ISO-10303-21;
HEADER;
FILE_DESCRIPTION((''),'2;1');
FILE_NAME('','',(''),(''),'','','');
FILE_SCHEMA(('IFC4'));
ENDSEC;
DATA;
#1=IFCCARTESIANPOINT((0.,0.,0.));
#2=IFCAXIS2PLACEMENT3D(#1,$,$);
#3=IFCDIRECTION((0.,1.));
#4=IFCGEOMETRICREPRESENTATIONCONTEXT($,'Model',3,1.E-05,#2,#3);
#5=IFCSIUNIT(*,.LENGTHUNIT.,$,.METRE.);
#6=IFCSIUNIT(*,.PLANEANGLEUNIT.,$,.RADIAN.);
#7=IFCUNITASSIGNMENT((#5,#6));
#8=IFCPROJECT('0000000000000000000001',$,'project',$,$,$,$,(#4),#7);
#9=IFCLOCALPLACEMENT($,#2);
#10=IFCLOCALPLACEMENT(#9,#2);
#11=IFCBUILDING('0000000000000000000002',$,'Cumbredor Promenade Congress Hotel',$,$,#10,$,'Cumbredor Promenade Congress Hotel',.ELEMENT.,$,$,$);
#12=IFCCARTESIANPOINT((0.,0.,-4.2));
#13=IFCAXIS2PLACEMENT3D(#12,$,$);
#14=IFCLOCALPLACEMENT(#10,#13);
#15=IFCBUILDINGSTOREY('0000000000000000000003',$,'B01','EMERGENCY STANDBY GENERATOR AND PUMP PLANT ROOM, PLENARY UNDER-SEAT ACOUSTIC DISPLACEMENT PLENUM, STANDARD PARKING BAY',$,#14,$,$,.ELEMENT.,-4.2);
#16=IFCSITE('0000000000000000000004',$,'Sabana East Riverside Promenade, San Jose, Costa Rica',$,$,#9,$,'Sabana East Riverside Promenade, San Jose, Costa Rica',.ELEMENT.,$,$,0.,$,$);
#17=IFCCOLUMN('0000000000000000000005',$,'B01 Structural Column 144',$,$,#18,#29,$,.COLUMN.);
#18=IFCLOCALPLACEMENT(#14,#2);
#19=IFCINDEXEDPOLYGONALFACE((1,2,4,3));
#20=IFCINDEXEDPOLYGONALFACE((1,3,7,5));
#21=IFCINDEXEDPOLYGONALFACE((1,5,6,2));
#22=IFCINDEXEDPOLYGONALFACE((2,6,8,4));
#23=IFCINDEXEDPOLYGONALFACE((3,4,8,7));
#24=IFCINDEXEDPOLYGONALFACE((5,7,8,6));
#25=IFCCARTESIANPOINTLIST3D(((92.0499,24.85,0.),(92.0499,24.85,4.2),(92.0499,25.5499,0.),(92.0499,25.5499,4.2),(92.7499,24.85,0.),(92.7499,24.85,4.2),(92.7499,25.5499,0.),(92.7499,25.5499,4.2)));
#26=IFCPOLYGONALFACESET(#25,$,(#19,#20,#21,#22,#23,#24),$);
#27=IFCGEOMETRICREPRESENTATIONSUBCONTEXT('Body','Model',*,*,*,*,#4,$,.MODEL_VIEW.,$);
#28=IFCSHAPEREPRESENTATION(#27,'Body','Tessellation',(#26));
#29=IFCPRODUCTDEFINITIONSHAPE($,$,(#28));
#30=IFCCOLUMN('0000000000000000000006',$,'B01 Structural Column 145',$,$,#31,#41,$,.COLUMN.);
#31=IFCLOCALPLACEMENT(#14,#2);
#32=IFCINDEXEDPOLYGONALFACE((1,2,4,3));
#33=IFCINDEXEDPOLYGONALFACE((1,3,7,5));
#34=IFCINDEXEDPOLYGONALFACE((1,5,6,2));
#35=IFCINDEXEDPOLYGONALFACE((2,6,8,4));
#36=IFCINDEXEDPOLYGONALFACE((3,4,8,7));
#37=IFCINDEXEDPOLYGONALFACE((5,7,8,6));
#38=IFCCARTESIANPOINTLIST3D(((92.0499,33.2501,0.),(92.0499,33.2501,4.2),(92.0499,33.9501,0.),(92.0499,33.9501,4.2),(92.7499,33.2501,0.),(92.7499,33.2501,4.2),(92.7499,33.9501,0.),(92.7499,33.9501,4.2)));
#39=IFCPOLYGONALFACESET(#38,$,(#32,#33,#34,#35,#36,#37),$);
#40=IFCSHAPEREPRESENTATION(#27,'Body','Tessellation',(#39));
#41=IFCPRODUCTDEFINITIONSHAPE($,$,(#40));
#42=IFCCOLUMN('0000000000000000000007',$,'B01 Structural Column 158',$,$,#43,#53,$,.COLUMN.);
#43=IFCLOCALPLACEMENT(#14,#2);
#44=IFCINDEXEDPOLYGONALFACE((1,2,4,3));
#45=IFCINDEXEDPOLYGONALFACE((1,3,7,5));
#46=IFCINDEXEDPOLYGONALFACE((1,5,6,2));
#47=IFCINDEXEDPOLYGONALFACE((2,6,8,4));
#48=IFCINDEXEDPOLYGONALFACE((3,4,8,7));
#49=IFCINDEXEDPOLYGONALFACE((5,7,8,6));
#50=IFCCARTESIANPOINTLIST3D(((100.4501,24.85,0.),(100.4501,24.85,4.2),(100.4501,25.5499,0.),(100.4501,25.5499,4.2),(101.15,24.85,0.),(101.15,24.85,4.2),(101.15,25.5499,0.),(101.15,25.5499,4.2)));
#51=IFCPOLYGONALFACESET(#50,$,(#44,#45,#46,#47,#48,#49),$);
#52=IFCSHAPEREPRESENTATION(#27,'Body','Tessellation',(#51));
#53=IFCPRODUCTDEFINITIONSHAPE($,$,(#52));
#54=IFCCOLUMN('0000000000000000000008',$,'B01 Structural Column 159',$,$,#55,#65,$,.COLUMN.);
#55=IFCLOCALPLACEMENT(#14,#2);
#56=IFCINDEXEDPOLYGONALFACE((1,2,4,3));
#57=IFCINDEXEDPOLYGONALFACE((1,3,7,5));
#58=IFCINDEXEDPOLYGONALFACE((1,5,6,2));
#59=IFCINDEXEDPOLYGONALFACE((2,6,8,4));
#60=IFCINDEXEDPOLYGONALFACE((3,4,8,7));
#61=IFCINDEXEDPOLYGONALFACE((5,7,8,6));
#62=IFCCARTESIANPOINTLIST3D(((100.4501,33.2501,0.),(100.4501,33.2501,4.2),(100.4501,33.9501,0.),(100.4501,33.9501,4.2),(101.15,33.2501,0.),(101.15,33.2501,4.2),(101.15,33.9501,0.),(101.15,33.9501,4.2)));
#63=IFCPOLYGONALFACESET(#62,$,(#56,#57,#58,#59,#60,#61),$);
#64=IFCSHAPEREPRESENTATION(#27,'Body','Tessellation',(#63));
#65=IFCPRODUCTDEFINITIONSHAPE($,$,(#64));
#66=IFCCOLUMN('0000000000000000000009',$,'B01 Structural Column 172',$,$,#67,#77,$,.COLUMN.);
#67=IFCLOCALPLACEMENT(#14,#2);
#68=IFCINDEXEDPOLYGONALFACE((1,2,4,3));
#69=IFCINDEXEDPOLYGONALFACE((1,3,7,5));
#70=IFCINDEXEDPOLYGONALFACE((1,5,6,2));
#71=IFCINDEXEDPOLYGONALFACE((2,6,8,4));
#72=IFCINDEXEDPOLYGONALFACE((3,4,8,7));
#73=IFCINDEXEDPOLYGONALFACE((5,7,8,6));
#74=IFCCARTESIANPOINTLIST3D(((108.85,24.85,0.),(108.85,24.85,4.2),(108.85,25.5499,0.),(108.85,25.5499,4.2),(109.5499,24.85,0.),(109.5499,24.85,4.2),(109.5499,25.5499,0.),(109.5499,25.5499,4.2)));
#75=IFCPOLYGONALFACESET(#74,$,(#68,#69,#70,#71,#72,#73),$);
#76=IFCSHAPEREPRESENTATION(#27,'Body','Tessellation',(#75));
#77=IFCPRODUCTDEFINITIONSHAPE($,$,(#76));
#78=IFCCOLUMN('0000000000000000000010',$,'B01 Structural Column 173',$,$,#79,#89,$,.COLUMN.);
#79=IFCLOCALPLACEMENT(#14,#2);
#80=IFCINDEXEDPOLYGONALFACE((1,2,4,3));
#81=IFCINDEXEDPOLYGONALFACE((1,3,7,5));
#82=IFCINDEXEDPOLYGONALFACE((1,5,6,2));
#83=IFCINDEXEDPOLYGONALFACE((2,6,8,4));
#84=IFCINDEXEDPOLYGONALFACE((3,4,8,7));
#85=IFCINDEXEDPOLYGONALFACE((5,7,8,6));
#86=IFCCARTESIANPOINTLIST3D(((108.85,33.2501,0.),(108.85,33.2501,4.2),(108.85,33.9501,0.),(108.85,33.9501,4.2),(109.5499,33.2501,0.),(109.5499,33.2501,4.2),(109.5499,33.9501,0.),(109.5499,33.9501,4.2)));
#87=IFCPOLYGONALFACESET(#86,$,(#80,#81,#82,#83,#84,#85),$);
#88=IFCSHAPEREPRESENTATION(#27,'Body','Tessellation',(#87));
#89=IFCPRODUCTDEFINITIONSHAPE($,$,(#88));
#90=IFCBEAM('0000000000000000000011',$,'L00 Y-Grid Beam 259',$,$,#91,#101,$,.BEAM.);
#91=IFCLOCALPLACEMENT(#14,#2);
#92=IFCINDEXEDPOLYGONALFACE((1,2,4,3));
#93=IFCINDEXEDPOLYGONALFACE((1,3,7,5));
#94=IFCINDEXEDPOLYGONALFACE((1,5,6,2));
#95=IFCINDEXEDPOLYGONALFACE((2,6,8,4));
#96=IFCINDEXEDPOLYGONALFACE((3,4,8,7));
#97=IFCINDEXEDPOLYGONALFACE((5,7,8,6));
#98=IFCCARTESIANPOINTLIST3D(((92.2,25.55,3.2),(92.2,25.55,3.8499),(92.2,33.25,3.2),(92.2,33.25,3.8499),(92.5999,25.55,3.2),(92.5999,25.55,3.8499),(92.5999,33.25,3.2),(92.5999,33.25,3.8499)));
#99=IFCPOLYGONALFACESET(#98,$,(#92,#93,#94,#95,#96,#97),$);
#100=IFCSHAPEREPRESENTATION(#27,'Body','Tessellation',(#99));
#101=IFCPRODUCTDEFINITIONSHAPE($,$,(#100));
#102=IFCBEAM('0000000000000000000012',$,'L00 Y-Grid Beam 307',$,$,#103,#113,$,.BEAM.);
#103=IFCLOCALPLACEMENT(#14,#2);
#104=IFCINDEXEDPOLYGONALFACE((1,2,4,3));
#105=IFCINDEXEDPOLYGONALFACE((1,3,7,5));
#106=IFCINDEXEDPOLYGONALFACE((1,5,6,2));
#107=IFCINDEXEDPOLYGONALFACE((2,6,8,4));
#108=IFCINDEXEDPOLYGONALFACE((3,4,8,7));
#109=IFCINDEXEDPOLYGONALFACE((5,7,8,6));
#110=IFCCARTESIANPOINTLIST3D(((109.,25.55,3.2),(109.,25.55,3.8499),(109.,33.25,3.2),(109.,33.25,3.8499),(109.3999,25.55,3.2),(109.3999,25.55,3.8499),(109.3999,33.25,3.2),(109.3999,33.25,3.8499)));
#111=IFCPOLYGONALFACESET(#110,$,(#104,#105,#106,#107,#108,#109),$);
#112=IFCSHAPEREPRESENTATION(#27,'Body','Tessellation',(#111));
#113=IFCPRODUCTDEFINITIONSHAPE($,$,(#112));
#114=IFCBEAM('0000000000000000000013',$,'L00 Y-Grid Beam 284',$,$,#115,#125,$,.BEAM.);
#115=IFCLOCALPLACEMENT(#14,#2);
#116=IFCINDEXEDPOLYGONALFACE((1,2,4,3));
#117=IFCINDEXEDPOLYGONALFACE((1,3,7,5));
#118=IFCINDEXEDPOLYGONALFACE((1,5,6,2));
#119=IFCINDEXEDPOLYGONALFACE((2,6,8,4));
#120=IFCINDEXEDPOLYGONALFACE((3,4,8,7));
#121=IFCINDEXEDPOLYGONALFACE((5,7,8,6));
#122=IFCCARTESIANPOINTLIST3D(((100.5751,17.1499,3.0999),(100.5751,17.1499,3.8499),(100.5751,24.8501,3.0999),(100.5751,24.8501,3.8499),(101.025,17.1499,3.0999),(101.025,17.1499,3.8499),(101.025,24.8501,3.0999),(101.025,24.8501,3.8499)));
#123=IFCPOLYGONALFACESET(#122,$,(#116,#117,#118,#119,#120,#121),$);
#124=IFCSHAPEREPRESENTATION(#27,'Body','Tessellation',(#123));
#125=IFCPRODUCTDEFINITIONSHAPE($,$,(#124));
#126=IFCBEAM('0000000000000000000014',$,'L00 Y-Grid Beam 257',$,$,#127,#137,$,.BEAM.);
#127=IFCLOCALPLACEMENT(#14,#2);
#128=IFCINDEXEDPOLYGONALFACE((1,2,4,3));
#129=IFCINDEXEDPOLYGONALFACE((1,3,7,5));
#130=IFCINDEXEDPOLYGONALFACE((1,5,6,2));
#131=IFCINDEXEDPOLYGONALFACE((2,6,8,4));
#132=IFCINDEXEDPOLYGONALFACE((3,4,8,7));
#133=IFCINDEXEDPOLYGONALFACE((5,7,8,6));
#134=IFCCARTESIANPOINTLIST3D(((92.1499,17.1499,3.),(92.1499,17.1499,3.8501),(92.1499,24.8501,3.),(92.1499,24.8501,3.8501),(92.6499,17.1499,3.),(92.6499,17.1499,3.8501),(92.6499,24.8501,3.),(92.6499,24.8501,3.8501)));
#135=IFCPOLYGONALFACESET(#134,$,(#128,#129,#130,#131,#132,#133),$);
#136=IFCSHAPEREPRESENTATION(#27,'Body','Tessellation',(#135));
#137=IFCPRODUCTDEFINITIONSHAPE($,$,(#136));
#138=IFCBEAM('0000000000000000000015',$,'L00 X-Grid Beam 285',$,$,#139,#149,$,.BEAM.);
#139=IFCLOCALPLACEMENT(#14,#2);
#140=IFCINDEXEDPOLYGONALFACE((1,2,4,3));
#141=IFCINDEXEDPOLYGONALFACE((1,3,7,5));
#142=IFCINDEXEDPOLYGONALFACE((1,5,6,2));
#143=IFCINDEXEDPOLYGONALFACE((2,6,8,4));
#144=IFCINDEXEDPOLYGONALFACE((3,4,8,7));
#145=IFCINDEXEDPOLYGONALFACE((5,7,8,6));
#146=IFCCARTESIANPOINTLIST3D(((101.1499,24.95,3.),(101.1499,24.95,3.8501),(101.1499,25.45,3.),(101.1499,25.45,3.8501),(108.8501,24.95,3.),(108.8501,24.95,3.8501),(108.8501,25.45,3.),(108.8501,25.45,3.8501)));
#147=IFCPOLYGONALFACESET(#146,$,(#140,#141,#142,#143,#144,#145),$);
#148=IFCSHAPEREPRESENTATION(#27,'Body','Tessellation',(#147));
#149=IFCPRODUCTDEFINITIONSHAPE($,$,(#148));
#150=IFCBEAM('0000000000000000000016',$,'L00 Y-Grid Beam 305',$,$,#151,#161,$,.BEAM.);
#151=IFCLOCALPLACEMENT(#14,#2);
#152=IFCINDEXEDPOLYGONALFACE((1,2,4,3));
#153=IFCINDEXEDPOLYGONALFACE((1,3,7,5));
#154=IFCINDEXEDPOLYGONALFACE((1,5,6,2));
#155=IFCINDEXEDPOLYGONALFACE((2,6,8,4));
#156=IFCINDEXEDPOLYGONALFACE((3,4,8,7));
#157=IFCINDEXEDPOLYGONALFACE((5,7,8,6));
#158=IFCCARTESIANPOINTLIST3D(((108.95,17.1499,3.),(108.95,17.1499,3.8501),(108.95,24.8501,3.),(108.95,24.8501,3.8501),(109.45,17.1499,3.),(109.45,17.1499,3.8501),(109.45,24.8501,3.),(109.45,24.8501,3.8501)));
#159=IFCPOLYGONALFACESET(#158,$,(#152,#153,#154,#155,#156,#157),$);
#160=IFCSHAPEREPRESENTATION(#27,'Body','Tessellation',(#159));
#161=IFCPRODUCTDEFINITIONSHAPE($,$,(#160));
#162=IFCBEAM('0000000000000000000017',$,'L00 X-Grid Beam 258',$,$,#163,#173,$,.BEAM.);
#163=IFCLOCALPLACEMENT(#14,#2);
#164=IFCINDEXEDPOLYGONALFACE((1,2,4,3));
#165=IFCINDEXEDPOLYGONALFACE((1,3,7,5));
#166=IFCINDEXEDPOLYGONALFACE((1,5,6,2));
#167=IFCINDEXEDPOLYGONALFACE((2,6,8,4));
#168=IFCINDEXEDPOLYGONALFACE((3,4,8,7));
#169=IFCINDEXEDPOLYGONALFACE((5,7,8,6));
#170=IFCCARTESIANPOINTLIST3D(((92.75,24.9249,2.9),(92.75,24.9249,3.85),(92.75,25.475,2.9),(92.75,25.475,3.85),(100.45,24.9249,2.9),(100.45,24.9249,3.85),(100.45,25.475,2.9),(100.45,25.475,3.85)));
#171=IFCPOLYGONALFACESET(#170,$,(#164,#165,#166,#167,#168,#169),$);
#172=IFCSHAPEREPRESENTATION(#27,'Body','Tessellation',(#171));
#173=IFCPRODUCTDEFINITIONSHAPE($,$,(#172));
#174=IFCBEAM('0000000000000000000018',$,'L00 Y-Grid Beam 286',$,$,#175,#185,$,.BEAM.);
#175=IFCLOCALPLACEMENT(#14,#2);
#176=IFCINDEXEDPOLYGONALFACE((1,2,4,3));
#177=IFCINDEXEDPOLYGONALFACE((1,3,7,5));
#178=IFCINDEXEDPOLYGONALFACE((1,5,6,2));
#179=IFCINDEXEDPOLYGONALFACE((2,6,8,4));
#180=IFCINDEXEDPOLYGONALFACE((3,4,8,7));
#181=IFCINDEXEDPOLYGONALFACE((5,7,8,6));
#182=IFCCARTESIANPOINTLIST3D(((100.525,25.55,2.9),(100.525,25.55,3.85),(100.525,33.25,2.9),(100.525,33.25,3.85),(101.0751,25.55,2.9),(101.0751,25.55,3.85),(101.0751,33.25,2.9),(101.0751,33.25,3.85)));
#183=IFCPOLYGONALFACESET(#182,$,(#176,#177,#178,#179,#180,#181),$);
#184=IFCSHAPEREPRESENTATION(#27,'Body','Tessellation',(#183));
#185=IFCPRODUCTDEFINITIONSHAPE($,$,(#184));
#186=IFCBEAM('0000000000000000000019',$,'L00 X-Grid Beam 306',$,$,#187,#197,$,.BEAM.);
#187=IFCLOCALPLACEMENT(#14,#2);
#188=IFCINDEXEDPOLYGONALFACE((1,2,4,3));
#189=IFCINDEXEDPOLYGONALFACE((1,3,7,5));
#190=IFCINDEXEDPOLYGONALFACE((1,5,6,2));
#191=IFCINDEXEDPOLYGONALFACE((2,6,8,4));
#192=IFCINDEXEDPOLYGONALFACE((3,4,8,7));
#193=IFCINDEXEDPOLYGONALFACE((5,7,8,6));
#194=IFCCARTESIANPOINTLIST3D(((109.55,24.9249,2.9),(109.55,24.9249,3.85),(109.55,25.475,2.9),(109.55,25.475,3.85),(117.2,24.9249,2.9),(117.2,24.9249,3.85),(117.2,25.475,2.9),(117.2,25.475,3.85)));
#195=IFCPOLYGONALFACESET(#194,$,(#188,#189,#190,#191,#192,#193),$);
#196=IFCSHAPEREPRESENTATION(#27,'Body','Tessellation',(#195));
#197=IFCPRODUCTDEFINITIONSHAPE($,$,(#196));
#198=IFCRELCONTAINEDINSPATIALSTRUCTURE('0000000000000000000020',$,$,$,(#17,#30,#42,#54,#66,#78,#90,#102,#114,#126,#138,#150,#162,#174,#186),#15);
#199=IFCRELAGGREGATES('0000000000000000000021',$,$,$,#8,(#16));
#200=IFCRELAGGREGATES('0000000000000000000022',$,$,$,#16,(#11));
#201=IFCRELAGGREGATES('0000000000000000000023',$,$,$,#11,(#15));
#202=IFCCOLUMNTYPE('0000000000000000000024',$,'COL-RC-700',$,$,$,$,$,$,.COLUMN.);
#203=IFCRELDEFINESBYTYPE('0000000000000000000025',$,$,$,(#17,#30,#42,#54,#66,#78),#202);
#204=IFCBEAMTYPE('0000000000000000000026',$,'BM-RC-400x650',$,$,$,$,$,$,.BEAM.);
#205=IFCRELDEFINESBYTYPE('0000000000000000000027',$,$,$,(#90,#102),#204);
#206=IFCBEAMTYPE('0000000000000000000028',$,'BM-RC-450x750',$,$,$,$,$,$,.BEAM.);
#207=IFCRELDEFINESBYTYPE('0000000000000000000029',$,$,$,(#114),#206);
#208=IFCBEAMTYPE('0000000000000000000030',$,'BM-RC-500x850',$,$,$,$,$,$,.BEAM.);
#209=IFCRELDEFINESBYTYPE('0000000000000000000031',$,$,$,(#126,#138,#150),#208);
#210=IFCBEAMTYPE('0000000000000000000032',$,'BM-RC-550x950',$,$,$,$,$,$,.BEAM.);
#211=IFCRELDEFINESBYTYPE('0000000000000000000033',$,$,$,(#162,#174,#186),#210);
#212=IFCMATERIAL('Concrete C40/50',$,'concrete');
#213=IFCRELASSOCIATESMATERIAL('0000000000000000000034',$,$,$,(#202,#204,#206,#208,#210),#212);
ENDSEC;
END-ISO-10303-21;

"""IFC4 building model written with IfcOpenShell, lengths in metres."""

from ifc_helpers import new_model, si_unit, direction, frame, origin, origin_2d, place, context, subcontext, project, spatial, rectangle, extrude, material, material_profile, profile_set, type_object, element, save


model = new_model("IFC4")

# Units and contexts
model_context = context("Model", 3, precision=1e-05, world=origin(), true_north=direction((0.0, 1.0)))
body_context = subcontext(model_context, "Body", "Model", "MODEL_VIEW")
ifc_project = project(units=[si_unit("LENGTHUNIT", "METRE"), si_unit("PLANEANGLEUNIT", "RADIAN")], contexts=[model_context])

# Site, building, storey
site_placement = place(None, origin())
site = spatial("IfcSite", under=ifc_project, at=site_placement, Name="Sabana East Riverside Promenade, San Jose, Costa Rica", LongName="Sabana East Riverside Promenade, San Jose, Costa Rica", CompositionType="ELEMENT", RefElevation=0.0)
building_placement = place(site_placement, origin())
building = spatial("IfcBuilding", under=site, at=building_placement, Name="Cumbredor Promenade Congress Hotel", LongName="Cumbredor Promenade Congress Hotel", CompositionType="ELEMENT")
storey_placement = place(building_placement, frame((0.0, 0.0, -4.2)))
storey = spatial("IfcBuildingStorey", under=building, at=storey_placement, Name="B01", Description="EMERGENCY STANDBY GENERATOR AND PUMP PLANT ROOM, PLENARY UNDER-SEAT ACOUSTIC DISPLACEMENT PLENUM, STANDARD PARKING BAY", CompositionType="ELEMENT", Elevation=-4.2)

# Columns
ifc_material_1 = material(Name="Concrete C40/50", Category="concrete")
ifc_material_profile_1 = material_profile(ifc_material_1, rectangle(XDim=0.7, YDim=0.7, at=origin_2d()), Name="RC 700x700")
ifc_profile_set_1 = profile_set([ifc_material_profile_1], Name="Concrete C40/50")
column_type = type_object("IfcColumnType", Name="COL-RC-700", PredefinedType="COLUMN", material=ifc_profile_set_1)
for number, where, z_axis, x_axis, name in (
    (1, (92.3999, 25.2, 0.0), (0.0, 0.0, 1.0), (1.0, 0.0, 0.0), "B01 Structural Column 144"),
    (2, (92.3999, 33.6001, 0.0), (0.0, 0.0, 1.0), (1.0, 0.0, 0.0), "B01 Structural Column 145"),
    (3, (100.8, 25.2, 0.0), (0.0, 0.0, 1.0), (1.0, 0.0, 0.0), "B01 Structural Column 158"),
    (4, (100.8, 33.6001, 0.0), (0.0, 0.0, 1.0), (1.0, 0.0, 0.0), "B01 Structural Column 159"),
    (5, (109.2, 25.2, 0.0), (0.0, 0.0, 1.0), (1.0, 0.0, 0.0), "B01 Structural Column 172"),
    (6, (109.2, 33.6001, 0.0), (0.0, 0.0, 1.0), (1.0, 0.0, 0.0), "B01 Structural Column 173"),
):
    element("IfcColumn", number, at=place(storey_placement, frame(where, z_axis=z_axis, x_axis=x_axis)), inside=storey, type_object=column_type, Name=name, PredefinedType="COLUMN", context=body_context, shape_type="SweptSolid", body=[
        extrude(rectangle(XDim=0.7, YDim=0.7, at=origin_2d()), origin(), (0.0, 0.0, 1.0), 4.2),
    ])

# Beams
ifc_material_profile_2 = material_profile(ifc_material_1, rectangle(XDim=0.3999, YDim=0.6499, at=origin_2d()), Name="RC BEAM 400x650")
ifc_profile_set_2 = profile_set([ifc_material_profile_2], Name="Concrete C40/50")
beam_type_1 = type_object("IfcBeamType", Name="BM-RC-400x650", PredefinedType="BEAM", material=ifc_profile_set_2)
for number, where, z_axis, x_axis, name in (
    (7, (92.3999, 25.55, 3.5249), (0.0, 1.0, 0.0), (-1.0, 0.0, 0.0), "L00 Y-Grid Beam 259"),
    (8, (109.2, 25.55, 3.5249), (0.0, 1.0, 0.0), (-1.0, 0.0, 0.0), "L00 Y-Grid Beam 307"),
):
    element("IfcBeam", number, at=place(storey_placement, frame(where, z_axis=z_axis, x_axis=x_axis)), inside=storey, type_object=beam_type_1, Name=name, PredefinedType="BEAM", context=body_context, shape_type="SweptSolid", body=[
        extrude(rectangle(XDim=0.3999, YDim=0.6499, at=origin_2d()), origin(), (0.0, 0.0, 1.0), 7.7),
    ])
ifc_material_profile_3 = material_profile(ifc_material_1, rectangle(XDim=0.45, YDim=0.75, at=origin_2d()), Name="RC BEAM 450x750")
ifc_profile_set_3 = profile_set([ifc_material_profile_3], Name="Concrete C40/50")
beam_type_2 = type_object("IfcBeamType", Name="BM-RC-450x750", PredefinedType="BEAM", material=ifc_profile_set_3)
beam_1_placement = place(storey_placement, frame((100.8, 17.1499, 3.4749), z_axis=(0.0, 1.0, 0.0), x_axis=(-1.0, 0.0, 0.0)))
element("IfcBeam", 9, at=beam_1_placement, inside=storey, type_object=beam_type_2, Name="L00 Y-Grid Beam 284", PredefinedType="BEAM", context=body_context, shape_type="SweptSolid", body=[
    extrude(rectangle(XDim=0.45, YDim=0.75, at=origin_2d()), origin(), (0.0, 0.0, 1.0), 7.7002),
])
ifc_material_profile_4 = material_profile(ifc_material_1, rectangle(XDim=0.5, YDim=0.8501, at=origin_2d()), Name="RC BEAM 500x850")
ifc_profile_set_4 = profile_set([ifc_material_profile_4], Name="Concrete C40/50")
beam_type_3 = type_object("IfcBeamType", Name="BM-RC-500x850", PredefinedType="BEAM", material=ifc_profile_set_4)
for number, where, z_axis, x_axis, name in (
    (10, (92.3999, 17.1499, 3.425), (0.0, 1.0, 0.0), (-1.0, 0.0, 0.0), "L00 Y-Grid Beam 257"),
    (11, (101.1499, 25.2, 3.425), (1.0, 0.0, 0.0), (0.0, 1.0, 0.0), "L00 X-Grid Beam 285"),
    (12, (109.2, 17.1499, 3.425), (0.0, 1.0, 0.0), (-1.0, 0.0, 0.0), "L00 Y-Grid Beam 305"),
):
    element("IfcBeam", number, at=place(storey_placement, frame(where, z_axis=z_axis, x_axis=x_axis)), inside=storey, type_object=beam_type_3, Name=name, PredefinedType="BEAM", context=body_context, shape_type="SweptSolid", body=[
        extrude(rectangle(XDim=0.5, YDim=0.8501, at=origin_2d()), origin(), (0.0, 0.0, 1.0), 7.7002),
    ])
ifc_material_profile_5 = material_profile(ifc_material_1, rectangle(XDim=0.55, YDim=0.95, at=origin_2d()), Name="RC BEAM 550x950")
ifc_profile_set_5 = profile_set([ifc_material_profile_5], Name="Concrete C40/50")
beam_type_4 = type_object("IfcBeamType", Name="BM-RC-550x950", PredefinedType="BEAM", material=ifc_profile_set_5)
for number, where, z_axis, x_axis, name in (
    (13, (92.75, 25.2, 3.375), (1.0, 0.0, 0.0), (0.0, 1.0, 0.0), "L00 X-Grid Beam 258"),
    (14, (100.8, 25.55, 3.375), (0.0, 1.0, 0.0), (-1.0, 0.0, 0.0), "L00 Y-Grid Beam 286"),
):
    element("IfcBeam", number, at=place(storey_placement, frame(where, z_axis=z_axis, x_axis=x_axis)), inside=storey, type_object=beam_type_4, Name=name, PredefinedType="BEAM", context=body_context, shape_type="SweptSolid", body=[
        extrude(rectangle(XDim=0.55, YDim=0.95, at=origin_2d()), origin(), (0.0, 0.0, 1.0), 7.7),
    ])
beam_2_placement = place(storey_placement, frame((109.55, 25.2, 3.375), z_axis=(1.0, 0.0, 0.0), x_axis=(0.0, 1.0, 0.0)))
element("IfcBeam", 15, at=beam_2_placement, inside=storey, type_object=beam_type_4, Name="L00 X-Grid Beam 306", PredefinedType="BEAM", context=body_context, shape_type="SweptSolid", body=[
    extrude(rectangle(XDim=0.55, YDim=0.95, at=origin_2d()), origin(), (0.0, 0.0, 1.0), 7.6499),
])

save(model, "model.ifc")
